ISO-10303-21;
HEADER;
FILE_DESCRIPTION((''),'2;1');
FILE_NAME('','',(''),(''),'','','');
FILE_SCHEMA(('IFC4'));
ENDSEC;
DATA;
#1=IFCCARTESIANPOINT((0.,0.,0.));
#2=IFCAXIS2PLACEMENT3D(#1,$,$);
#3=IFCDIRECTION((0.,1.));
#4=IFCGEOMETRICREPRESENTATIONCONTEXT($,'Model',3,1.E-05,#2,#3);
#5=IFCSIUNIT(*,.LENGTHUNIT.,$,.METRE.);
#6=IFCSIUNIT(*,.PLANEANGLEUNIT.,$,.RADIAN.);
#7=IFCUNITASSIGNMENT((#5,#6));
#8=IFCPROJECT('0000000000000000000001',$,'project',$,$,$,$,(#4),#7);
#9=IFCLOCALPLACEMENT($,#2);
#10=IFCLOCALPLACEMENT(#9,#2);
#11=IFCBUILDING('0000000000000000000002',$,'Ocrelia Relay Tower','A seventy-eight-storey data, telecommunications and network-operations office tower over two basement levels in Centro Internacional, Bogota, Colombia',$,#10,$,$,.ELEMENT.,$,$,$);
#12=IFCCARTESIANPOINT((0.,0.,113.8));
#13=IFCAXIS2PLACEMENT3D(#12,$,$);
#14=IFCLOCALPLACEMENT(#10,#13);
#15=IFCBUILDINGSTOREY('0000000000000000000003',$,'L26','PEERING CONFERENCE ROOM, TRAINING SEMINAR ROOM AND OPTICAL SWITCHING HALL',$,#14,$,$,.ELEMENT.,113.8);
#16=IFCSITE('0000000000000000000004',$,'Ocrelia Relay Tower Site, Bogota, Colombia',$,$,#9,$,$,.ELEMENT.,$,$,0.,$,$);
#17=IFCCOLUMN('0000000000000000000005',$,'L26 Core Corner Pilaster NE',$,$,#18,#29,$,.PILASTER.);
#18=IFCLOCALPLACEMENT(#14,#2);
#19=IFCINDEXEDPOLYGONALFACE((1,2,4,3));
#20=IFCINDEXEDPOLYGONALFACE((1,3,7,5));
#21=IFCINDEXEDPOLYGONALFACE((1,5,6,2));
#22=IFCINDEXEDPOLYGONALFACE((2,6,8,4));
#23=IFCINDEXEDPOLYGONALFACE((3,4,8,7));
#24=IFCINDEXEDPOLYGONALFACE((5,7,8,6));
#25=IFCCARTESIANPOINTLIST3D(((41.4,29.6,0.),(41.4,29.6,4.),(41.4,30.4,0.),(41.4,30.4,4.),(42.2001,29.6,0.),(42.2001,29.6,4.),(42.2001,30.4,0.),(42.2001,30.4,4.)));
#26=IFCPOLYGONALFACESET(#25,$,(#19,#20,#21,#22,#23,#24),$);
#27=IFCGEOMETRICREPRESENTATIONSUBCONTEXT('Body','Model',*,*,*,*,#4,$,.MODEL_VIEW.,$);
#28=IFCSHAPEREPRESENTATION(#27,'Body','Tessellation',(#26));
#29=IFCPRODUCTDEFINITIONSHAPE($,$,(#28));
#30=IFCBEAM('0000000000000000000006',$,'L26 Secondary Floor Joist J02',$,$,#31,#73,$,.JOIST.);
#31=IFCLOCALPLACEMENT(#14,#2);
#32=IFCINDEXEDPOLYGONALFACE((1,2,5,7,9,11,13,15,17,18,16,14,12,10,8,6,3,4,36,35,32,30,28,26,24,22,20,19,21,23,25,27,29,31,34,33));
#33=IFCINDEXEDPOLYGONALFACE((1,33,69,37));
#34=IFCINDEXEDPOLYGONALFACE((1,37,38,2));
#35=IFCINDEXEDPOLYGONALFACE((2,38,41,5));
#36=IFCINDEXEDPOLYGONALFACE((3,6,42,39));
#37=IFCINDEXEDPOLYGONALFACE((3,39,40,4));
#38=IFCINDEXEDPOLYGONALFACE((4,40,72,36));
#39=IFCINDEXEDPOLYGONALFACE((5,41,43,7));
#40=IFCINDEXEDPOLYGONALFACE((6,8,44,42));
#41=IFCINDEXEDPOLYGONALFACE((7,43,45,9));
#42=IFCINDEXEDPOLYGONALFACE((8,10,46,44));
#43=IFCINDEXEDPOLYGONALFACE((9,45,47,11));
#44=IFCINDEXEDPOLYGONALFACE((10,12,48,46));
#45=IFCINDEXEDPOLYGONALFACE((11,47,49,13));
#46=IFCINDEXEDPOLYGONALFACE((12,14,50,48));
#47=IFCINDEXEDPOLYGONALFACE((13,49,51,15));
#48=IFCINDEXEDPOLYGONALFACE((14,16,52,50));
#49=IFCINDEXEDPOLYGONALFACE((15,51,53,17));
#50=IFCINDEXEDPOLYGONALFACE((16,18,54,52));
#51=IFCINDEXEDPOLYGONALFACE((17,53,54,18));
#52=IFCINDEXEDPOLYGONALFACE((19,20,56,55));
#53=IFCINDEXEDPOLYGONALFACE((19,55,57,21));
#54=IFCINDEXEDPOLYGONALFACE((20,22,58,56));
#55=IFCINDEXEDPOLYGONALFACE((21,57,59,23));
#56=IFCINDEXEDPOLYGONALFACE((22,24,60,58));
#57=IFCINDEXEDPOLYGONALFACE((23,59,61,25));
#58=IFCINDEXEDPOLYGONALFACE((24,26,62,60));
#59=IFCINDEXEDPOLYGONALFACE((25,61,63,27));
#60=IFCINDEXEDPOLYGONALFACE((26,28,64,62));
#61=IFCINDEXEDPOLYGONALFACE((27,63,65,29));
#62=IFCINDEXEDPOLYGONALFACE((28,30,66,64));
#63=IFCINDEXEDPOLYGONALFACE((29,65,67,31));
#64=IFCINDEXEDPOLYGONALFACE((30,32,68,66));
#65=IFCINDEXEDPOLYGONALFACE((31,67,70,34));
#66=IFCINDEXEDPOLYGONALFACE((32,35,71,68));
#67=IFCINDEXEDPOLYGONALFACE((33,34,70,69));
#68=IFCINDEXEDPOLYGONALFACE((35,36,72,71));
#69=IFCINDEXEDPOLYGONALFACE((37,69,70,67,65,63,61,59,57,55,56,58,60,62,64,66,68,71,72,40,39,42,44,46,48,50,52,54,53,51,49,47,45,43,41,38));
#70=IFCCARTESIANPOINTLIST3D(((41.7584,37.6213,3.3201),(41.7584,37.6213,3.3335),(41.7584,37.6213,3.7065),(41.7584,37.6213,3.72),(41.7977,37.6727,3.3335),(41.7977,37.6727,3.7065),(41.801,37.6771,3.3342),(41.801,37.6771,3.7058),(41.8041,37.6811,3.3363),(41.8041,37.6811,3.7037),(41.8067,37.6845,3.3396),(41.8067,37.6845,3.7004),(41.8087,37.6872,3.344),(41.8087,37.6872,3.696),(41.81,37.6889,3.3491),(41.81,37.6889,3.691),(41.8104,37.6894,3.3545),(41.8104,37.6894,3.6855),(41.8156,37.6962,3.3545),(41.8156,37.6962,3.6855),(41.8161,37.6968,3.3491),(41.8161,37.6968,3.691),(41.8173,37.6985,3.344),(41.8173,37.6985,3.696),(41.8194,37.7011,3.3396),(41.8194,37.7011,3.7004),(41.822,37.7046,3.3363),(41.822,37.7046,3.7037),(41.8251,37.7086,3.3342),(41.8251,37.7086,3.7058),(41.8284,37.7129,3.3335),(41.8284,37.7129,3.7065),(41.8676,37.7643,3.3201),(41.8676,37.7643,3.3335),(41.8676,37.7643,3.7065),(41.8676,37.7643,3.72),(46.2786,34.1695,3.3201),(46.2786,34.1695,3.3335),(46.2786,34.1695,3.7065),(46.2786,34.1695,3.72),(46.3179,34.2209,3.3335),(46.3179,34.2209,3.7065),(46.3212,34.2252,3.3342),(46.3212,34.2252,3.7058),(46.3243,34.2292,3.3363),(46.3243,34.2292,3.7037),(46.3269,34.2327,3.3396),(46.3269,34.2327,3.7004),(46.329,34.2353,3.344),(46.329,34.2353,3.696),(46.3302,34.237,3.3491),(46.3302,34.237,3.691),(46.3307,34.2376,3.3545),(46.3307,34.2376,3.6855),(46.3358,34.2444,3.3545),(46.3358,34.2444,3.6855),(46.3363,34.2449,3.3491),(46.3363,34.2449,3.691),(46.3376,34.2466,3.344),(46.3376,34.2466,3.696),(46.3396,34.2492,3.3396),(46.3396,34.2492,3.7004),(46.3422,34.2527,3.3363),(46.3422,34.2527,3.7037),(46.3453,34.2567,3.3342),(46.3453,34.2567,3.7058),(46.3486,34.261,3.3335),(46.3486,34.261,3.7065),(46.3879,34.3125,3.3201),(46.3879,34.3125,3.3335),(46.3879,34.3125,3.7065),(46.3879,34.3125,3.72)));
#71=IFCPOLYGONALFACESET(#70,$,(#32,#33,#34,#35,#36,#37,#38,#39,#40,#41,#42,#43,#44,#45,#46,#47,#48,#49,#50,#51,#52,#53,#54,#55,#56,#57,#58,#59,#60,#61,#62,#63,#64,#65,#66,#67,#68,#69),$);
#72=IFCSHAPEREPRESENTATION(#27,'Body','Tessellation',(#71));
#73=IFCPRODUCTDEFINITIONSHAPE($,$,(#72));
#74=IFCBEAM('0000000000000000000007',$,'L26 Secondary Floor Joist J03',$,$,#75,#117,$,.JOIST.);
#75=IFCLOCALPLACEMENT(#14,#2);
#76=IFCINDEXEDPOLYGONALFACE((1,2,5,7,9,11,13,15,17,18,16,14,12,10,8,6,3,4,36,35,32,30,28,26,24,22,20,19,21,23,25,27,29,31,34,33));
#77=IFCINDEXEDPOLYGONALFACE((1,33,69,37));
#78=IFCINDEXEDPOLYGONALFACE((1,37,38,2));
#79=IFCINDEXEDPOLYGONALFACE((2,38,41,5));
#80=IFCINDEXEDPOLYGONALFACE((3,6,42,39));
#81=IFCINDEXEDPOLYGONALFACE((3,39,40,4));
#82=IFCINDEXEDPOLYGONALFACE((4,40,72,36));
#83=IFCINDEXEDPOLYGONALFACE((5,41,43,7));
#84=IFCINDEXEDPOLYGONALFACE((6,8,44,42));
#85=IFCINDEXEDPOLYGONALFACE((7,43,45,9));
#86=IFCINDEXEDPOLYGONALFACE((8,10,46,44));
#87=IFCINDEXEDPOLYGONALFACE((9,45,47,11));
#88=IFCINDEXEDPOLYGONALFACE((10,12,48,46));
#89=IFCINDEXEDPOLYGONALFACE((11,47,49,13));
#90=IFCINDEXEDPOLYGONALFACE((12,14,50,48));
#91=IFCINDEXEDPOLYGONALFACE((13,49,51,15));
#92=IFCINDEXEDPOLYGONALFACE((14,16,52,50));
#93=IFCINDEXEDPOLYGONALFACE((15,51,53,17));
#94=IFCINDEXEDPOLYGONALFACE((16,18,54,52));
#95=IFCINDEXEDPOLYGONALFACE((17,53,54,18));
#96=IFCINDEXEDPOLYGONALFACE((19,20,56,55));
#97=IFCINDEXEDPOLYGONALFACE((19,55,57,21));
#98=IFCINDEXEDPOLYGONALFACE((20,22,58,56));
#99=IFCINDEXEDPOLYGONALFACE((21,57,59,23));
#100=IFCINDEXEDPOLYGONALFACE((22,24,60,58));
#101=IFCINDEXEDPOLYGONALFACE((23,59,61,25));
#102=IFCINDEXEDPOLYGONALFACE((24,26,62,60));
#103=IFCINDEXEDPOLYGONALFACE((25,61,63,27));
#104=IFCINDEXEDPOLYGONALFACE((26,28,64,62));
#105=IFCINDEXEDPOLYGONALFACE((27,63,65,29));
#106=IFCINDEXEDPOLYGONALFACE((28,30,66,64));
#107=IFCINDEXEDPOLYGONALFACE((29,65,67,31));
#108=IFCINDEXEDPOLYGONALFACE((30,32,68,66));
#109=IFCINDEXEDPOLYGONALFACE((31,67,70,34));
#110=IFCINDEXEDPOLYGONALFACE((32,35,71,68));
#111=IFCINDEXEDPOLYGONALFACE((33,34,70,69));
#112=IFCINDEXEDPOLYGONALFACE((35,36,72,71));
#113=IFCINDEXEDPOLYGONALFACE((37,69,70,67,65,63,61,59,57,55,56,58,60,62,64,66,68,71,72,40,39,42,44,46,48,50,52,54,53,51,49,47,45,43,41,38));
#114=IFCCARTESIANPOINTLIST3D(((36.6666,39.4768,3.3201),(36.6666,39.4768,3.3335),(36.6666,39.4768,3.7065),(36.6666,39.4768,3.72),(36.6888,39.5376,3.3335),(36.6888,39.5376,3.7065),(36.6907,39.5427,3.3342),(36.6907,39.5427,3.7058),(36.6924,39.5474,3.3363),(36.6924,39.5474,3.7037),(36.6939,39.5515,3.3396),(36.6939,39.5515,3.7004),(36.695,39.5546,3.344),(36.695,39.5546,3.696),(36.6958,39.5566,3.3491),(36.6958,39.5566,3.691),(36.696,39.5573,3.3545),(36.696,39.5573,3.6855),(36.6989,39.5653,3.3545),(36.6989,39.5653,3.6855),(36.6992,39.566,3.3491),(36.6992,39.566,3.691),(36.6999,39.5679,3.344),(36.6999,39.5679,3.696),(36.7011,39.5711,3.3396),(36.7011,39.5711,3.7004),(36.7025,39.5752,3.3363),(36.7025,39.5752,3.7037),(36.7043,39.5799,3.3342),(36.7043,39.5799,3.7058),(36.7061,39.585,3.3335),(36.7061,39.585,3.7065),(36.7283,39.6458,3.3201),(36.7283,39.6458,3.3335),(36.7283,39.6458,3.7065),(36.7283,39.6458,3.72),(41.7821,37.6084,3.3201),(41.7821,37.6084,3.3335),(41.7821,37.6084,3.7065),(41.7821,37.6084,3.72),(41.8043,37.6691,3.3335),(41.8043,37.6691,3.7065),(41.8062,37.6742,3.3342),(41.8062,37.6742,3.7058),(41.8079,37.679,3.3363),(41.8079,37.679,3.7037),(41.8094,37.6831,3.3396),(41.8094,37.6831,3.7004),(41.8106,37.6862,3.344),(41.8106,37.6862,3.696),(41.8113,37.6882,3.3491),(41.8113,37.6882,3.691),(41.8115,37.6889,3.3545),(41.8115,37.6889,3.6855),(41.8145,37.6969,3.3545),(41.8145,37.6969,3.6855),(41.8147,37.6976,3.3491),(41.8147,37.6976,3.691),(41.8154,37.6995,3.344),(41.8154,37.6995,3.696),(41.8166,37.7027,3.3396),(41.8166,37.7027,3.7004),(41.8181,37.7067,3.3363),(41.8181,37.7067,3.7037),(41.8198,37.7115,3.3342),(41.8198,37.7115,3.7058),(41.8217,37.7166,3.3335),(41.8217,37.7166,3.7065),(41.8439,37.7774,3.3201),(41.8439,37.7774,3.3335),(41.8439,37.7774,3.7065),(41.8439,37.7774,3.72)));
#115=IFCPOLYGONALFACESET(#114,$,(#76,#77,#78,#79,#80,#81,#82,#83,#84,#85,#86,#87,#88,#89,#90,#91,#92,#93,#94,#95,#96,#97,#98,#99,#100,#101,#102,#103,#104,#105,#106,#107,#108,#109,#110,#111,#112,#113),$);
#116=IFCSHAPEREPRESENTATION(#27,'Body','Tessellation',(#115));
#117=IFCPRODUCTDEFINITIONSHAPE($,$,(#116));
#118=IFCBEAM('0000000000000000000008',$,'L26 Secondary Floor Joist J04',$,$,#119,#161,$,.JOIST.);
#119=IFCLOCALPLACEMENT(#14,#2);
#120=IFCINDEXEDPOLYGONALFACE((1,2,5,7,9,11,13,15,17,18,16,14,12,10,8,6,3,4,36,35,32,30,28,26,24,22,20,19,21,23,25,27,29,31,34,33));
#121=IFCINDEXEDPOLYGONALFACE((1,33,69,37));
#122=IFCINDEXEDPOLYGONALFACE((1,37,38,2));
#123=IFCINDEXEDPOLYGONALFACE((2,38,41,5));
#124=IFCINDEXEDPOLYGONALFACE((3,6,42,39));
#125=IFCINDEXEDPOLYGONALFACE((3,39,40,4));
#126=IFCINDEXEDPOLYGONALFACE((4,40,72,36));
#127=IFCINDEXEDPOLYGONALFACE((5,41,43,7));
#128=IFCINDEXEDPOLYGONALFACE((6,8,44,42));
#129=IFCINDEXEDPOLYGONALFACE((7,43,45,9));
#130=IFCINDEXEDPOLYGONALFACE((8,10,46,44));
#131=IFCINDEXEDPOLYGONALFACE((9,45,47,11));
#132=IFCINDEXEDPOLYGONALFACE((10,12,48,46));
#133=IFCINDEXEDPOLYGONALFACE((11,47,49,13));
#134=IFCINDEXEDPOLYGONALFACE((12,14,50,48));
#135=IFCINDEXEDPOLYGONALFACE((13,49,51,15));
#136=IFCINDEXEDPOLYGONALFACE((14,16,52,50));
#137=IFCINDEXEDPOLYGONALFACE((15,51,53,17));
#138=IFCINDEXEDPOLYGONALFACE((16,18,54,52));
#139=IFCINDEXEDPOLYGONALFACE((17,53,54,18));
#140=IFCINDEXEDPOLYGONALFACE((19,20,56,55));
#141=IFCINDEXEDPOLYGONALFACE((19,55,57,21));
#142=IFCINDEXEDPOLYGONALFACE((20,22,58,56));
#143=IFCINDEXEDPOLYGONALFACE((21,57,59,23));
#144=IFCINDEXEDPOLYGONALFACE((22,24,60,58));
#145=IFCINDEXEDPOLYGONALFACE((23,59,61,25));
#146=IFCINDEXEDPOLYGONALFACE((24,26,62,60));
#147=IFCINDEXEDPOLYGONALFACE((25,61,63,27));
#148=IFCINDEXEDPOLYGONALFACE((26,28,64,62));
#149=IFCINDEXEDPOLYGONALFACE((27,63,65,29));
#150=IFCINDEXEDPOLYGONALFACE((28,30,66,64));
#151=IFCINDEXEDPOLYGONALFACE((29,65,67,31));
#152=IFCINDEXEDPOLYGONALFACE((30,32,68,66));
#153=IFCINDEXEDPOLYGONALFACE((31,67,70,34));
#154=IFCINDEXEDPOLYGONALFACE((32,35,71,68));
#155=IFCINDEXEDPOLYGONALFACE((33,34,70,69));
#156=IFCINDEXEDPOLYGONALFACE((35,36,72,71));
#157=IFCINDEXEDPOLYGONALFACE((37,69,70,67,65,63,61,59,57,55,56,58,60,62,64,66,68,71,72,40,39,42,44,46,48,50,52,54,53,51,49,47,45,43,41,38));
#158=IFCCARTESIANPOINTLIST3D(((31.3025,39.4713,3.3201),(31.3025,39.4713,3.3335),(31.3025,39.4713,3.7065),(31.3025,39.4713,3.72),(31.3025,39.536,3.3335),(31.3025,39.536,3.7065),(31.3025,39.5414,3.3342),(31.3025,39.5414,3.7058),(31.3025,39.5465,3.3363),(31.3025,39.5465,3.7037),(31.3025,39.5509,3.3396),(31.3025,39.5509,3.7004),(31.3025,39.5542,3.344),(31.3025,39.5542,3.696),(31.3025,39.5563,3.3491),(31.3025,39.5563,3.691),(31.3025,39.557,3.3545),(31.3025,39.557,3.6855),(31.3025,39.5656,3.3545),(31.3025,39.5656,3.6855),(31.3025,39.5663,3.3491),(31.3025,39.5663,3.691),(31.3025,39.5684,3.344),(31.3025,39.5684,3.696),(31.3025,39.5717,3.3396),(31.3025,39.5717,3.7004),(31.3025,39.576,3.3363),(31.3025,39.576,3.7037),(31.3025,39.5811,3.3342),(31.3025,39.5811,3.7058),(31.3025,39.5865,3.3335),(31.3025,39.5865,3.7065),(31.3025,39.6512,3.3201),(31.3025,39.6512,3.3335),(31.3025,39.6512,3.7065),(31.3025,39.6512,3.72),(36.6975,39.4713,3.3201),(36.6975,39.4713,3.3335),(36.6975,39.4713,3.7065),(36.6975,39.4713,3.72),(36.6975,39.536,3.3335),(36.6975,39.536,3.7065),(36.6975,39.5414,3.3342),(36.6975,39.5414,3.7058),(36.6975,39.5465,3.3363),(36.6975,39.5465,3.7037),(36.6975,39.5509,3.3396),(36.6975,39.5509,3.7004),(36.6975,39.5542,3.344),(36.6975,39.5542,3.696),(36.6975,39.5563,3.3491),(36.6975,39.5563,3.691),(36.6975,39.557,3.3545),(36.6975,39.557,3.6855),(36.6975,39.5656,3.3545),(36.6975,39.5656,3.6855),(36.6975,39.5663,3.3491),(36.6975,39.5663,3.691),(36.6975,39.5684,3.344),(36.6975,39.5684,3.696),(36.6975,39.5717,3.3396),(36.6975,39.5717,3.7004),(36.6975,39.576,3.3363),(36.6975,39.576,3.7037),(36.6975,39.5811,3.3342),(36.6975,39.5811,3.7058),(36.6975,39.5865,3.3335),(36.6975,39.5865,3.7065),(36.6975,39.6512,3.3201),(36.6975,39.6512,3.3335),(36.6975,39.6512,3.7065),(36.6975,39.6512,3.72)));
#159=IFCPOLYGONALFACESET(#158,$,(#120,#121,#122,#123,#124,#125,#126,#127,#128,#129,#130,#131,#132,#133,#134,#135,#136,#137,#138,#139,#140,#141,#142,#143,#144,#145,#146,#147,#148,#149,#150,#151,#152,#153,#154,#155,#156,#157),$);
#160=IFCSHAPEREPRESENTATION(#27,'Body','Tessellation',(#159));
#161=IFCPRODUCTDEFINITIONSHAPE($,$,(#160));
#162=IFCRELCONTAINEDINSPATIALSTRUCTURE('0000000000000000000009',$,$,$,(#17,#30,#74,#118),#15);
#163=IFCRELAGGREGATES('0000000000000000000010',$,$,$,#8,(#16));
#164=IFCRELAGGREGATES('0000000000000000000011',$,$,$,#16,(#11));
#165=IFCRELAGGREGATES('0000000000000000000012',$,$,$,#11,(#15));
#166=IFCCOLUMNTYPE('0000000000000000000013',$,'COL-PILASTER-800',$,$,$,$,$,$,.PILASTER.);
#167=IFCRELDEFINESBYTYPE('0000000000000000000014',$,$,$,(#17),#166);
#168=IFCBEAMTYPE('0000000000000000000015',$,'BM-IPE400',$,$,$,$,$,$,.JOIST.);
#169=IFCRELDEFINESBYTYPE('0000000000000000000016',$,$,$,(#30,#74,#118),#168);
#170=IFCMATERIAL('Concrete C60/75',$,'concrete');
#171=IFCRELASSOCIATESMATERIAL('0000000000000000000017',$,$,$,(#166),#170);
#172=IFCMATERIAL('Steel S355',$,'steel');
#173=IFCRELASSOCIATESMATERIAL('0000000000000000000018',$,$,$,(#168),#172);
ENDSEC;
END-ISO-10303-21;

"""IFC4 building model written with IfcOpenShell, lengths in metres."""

from ifc_helpers import new_model, si_unit, direction, frame, origin, origin_2d, place, context, subcontext, project, spatial, rectangle, i_section, extrude, material, material_profile, profile_set, type_object, element, save


model = new_model("IFC4")

# Units and contexts
model_context = context("Model", 3, precision=1e-05, world=origin(), true_north=direction((0.0, 1.0)))
body_context = subcontext(model_context, "Body", "Model", "MODEL_VIEW")
ifc_project = project(units=[si_unit("LENGTHUNIT", "METRE"), si_unit("PLANEANGLEUNIT", "RADIAN")], contexts=[model_context])

# Site, building, storey
site_placement = place(None, origin())
site = spatial("IfcSite", under=ifc_project, at=site_placement, Name="Ocrelia Relay Tower Site, Bogota, Colombia", CompositionType="ELEMENT", RefElevation=0.0)
building_placement = place(site_placement, origin())
building = spatial("IfcBuilding", under=site, at=building_placement, Name="Ocrelia Relay Tower", Description="A seventy-eight-storey data, telecommunications and network-operations office tower over two basement levels in Centro Internacional, Bogota, Colombia", CompositionType="ELEMENT")
storey_placement = place(building_placement, frame((0.0, 0.0, 113.8)))
storey = spatial("IfcBuildingStorey", under=building, at=storey_placement, Name="L26", Description="PEERING CONFERENCE ROOM, TRAINING SEMINAR ROOM AND OPTICAL SWITCHING HALL", CompositionType="ELEMENT", Elevation=113.8)

# Column
ifc_material_1 = material(Name="Concrete C60/75", Category="concrete")
ifc_material_profile_1 = material_profile(ifc_material_1, rectangle(XDim=0.8, YDim=0.8, at=origin_2d()), Name="RC-COL-800x800")
ifc_profile_set_1 = profile_set([ifc_material_profile_1], Name="Concrete C60/75")
column_type = type_object("IfcColumnType", Name="COL-PILASTER-800", PredefinedType="PILASTER", material=ifc_profile_set_1)
column_placement = place(storey_placement, frame((41.8, 30.0, 0.0), z_axis=(0.0, 0.0, 1.0), x_axis=(1.0, 0.0, 0.0)))
element("IfcColumn", 1, at=column_placement, inside=storey, type_object=column_type, Name="L26 Core Corner Pilaster NE", PredefinedType="PILASTER", context=body_context, shape_type="SweptSolid", body=[
    extrude(rectangle(XDim=0.8, YDim=0.8, at=origin_2d()), origin(), (0.0, 0.0, 1.0), 4.0),
])

# Beams
ifc_material_2 = material(Name="Steel S355", Category="steel")
ifc_material_profile_2 = material_profile(ifc_material_2, i_section(OverallWidth=0.1799, OverallDepth=0.3999, WebThickness=0.0085, FlangeThickness=0.0134, FilletRadius=0.021, at=origin_2d()), Name="IPE 400")
ifc_profile_set_2 = profile_set([ifc_material_profile_2], Name="Steel S355")
beam_type = type_object("IfcBeamType", Name="BM-IPE400", PredefinedType="JOIST", material=ifc_profile_set_2)
beam_1_placement = place(storey_placement, frame((46.3333, 34.241, 3.52), z_axis=(-0.794762, 0.606921, 0.0), x_axis=(-0.606921, -0.794762, 0.0)))
element("IfcBeam", 2, at=beam_1_placement, inside=storey, type_object=beam_type, Name="L26 Secondary Floor Joist J02", PredefinedType="JOIST", context=body_context, shape_type="SweptSolid", body=[
    extrude(i_section(OverallWidth=0.1799, OverallDepth=0.3999, WebThickness=0.0085, FlangeThickness=0.0134, FilletRadius=0.021, at=origin_2d()), origin(), (0.0, 0.0, 1.0), 5.6875),
])
beam_2_placement = place(storey_placement, frame((41.813, 37.6929, 3.52), z_axis=(-0.939307, 0.343078, 0.0), x_axis=(-0.343078, -0.939307, 0.0)))
element("IfcBeam", 3, at=beam_2_placement, inside=storey, type_object=beam_type, Name="L26 Secondary Floor Joist J03", PredefinedType="JOIST", context=body_context, shape_type="SweptSolid", body=[
    extrude(i_section(OverallWidth=0.1799, OverallDepth=0.3999, WebThickness=0.0085, FlangeThickness=0.0134, FilletRadius=0.021, at=origin_2d()), origin(), (0.0, 0.0, 1.0), 5.446),
])
beam_3_placement = place(storey_placement, frame((36.6975, 39.5613, 3.52), z_axis=(-1.0, 0.0, 0.0), x_axis=(0.0, -1.0, 0.0)))
element("IfcBeam", 4, at=beam_3_placement, inside=storey, type_object=beam_type, Name="L26 Secondary Floor Joist J04", PredefinedType="JOIST", context=body_context, shape_type="SweptSolid", body=[
    extrude(i_section(OverallWidth=0.1799, OverallDepth=0.3999, WebThickness=0.0085, FlangeThickness=0.0134, FilletRadius=0.021, at=origin_2d()), origin(), (0.0, 0.0, 1.0), 5.395),
])

save(model, "model.ifc")
